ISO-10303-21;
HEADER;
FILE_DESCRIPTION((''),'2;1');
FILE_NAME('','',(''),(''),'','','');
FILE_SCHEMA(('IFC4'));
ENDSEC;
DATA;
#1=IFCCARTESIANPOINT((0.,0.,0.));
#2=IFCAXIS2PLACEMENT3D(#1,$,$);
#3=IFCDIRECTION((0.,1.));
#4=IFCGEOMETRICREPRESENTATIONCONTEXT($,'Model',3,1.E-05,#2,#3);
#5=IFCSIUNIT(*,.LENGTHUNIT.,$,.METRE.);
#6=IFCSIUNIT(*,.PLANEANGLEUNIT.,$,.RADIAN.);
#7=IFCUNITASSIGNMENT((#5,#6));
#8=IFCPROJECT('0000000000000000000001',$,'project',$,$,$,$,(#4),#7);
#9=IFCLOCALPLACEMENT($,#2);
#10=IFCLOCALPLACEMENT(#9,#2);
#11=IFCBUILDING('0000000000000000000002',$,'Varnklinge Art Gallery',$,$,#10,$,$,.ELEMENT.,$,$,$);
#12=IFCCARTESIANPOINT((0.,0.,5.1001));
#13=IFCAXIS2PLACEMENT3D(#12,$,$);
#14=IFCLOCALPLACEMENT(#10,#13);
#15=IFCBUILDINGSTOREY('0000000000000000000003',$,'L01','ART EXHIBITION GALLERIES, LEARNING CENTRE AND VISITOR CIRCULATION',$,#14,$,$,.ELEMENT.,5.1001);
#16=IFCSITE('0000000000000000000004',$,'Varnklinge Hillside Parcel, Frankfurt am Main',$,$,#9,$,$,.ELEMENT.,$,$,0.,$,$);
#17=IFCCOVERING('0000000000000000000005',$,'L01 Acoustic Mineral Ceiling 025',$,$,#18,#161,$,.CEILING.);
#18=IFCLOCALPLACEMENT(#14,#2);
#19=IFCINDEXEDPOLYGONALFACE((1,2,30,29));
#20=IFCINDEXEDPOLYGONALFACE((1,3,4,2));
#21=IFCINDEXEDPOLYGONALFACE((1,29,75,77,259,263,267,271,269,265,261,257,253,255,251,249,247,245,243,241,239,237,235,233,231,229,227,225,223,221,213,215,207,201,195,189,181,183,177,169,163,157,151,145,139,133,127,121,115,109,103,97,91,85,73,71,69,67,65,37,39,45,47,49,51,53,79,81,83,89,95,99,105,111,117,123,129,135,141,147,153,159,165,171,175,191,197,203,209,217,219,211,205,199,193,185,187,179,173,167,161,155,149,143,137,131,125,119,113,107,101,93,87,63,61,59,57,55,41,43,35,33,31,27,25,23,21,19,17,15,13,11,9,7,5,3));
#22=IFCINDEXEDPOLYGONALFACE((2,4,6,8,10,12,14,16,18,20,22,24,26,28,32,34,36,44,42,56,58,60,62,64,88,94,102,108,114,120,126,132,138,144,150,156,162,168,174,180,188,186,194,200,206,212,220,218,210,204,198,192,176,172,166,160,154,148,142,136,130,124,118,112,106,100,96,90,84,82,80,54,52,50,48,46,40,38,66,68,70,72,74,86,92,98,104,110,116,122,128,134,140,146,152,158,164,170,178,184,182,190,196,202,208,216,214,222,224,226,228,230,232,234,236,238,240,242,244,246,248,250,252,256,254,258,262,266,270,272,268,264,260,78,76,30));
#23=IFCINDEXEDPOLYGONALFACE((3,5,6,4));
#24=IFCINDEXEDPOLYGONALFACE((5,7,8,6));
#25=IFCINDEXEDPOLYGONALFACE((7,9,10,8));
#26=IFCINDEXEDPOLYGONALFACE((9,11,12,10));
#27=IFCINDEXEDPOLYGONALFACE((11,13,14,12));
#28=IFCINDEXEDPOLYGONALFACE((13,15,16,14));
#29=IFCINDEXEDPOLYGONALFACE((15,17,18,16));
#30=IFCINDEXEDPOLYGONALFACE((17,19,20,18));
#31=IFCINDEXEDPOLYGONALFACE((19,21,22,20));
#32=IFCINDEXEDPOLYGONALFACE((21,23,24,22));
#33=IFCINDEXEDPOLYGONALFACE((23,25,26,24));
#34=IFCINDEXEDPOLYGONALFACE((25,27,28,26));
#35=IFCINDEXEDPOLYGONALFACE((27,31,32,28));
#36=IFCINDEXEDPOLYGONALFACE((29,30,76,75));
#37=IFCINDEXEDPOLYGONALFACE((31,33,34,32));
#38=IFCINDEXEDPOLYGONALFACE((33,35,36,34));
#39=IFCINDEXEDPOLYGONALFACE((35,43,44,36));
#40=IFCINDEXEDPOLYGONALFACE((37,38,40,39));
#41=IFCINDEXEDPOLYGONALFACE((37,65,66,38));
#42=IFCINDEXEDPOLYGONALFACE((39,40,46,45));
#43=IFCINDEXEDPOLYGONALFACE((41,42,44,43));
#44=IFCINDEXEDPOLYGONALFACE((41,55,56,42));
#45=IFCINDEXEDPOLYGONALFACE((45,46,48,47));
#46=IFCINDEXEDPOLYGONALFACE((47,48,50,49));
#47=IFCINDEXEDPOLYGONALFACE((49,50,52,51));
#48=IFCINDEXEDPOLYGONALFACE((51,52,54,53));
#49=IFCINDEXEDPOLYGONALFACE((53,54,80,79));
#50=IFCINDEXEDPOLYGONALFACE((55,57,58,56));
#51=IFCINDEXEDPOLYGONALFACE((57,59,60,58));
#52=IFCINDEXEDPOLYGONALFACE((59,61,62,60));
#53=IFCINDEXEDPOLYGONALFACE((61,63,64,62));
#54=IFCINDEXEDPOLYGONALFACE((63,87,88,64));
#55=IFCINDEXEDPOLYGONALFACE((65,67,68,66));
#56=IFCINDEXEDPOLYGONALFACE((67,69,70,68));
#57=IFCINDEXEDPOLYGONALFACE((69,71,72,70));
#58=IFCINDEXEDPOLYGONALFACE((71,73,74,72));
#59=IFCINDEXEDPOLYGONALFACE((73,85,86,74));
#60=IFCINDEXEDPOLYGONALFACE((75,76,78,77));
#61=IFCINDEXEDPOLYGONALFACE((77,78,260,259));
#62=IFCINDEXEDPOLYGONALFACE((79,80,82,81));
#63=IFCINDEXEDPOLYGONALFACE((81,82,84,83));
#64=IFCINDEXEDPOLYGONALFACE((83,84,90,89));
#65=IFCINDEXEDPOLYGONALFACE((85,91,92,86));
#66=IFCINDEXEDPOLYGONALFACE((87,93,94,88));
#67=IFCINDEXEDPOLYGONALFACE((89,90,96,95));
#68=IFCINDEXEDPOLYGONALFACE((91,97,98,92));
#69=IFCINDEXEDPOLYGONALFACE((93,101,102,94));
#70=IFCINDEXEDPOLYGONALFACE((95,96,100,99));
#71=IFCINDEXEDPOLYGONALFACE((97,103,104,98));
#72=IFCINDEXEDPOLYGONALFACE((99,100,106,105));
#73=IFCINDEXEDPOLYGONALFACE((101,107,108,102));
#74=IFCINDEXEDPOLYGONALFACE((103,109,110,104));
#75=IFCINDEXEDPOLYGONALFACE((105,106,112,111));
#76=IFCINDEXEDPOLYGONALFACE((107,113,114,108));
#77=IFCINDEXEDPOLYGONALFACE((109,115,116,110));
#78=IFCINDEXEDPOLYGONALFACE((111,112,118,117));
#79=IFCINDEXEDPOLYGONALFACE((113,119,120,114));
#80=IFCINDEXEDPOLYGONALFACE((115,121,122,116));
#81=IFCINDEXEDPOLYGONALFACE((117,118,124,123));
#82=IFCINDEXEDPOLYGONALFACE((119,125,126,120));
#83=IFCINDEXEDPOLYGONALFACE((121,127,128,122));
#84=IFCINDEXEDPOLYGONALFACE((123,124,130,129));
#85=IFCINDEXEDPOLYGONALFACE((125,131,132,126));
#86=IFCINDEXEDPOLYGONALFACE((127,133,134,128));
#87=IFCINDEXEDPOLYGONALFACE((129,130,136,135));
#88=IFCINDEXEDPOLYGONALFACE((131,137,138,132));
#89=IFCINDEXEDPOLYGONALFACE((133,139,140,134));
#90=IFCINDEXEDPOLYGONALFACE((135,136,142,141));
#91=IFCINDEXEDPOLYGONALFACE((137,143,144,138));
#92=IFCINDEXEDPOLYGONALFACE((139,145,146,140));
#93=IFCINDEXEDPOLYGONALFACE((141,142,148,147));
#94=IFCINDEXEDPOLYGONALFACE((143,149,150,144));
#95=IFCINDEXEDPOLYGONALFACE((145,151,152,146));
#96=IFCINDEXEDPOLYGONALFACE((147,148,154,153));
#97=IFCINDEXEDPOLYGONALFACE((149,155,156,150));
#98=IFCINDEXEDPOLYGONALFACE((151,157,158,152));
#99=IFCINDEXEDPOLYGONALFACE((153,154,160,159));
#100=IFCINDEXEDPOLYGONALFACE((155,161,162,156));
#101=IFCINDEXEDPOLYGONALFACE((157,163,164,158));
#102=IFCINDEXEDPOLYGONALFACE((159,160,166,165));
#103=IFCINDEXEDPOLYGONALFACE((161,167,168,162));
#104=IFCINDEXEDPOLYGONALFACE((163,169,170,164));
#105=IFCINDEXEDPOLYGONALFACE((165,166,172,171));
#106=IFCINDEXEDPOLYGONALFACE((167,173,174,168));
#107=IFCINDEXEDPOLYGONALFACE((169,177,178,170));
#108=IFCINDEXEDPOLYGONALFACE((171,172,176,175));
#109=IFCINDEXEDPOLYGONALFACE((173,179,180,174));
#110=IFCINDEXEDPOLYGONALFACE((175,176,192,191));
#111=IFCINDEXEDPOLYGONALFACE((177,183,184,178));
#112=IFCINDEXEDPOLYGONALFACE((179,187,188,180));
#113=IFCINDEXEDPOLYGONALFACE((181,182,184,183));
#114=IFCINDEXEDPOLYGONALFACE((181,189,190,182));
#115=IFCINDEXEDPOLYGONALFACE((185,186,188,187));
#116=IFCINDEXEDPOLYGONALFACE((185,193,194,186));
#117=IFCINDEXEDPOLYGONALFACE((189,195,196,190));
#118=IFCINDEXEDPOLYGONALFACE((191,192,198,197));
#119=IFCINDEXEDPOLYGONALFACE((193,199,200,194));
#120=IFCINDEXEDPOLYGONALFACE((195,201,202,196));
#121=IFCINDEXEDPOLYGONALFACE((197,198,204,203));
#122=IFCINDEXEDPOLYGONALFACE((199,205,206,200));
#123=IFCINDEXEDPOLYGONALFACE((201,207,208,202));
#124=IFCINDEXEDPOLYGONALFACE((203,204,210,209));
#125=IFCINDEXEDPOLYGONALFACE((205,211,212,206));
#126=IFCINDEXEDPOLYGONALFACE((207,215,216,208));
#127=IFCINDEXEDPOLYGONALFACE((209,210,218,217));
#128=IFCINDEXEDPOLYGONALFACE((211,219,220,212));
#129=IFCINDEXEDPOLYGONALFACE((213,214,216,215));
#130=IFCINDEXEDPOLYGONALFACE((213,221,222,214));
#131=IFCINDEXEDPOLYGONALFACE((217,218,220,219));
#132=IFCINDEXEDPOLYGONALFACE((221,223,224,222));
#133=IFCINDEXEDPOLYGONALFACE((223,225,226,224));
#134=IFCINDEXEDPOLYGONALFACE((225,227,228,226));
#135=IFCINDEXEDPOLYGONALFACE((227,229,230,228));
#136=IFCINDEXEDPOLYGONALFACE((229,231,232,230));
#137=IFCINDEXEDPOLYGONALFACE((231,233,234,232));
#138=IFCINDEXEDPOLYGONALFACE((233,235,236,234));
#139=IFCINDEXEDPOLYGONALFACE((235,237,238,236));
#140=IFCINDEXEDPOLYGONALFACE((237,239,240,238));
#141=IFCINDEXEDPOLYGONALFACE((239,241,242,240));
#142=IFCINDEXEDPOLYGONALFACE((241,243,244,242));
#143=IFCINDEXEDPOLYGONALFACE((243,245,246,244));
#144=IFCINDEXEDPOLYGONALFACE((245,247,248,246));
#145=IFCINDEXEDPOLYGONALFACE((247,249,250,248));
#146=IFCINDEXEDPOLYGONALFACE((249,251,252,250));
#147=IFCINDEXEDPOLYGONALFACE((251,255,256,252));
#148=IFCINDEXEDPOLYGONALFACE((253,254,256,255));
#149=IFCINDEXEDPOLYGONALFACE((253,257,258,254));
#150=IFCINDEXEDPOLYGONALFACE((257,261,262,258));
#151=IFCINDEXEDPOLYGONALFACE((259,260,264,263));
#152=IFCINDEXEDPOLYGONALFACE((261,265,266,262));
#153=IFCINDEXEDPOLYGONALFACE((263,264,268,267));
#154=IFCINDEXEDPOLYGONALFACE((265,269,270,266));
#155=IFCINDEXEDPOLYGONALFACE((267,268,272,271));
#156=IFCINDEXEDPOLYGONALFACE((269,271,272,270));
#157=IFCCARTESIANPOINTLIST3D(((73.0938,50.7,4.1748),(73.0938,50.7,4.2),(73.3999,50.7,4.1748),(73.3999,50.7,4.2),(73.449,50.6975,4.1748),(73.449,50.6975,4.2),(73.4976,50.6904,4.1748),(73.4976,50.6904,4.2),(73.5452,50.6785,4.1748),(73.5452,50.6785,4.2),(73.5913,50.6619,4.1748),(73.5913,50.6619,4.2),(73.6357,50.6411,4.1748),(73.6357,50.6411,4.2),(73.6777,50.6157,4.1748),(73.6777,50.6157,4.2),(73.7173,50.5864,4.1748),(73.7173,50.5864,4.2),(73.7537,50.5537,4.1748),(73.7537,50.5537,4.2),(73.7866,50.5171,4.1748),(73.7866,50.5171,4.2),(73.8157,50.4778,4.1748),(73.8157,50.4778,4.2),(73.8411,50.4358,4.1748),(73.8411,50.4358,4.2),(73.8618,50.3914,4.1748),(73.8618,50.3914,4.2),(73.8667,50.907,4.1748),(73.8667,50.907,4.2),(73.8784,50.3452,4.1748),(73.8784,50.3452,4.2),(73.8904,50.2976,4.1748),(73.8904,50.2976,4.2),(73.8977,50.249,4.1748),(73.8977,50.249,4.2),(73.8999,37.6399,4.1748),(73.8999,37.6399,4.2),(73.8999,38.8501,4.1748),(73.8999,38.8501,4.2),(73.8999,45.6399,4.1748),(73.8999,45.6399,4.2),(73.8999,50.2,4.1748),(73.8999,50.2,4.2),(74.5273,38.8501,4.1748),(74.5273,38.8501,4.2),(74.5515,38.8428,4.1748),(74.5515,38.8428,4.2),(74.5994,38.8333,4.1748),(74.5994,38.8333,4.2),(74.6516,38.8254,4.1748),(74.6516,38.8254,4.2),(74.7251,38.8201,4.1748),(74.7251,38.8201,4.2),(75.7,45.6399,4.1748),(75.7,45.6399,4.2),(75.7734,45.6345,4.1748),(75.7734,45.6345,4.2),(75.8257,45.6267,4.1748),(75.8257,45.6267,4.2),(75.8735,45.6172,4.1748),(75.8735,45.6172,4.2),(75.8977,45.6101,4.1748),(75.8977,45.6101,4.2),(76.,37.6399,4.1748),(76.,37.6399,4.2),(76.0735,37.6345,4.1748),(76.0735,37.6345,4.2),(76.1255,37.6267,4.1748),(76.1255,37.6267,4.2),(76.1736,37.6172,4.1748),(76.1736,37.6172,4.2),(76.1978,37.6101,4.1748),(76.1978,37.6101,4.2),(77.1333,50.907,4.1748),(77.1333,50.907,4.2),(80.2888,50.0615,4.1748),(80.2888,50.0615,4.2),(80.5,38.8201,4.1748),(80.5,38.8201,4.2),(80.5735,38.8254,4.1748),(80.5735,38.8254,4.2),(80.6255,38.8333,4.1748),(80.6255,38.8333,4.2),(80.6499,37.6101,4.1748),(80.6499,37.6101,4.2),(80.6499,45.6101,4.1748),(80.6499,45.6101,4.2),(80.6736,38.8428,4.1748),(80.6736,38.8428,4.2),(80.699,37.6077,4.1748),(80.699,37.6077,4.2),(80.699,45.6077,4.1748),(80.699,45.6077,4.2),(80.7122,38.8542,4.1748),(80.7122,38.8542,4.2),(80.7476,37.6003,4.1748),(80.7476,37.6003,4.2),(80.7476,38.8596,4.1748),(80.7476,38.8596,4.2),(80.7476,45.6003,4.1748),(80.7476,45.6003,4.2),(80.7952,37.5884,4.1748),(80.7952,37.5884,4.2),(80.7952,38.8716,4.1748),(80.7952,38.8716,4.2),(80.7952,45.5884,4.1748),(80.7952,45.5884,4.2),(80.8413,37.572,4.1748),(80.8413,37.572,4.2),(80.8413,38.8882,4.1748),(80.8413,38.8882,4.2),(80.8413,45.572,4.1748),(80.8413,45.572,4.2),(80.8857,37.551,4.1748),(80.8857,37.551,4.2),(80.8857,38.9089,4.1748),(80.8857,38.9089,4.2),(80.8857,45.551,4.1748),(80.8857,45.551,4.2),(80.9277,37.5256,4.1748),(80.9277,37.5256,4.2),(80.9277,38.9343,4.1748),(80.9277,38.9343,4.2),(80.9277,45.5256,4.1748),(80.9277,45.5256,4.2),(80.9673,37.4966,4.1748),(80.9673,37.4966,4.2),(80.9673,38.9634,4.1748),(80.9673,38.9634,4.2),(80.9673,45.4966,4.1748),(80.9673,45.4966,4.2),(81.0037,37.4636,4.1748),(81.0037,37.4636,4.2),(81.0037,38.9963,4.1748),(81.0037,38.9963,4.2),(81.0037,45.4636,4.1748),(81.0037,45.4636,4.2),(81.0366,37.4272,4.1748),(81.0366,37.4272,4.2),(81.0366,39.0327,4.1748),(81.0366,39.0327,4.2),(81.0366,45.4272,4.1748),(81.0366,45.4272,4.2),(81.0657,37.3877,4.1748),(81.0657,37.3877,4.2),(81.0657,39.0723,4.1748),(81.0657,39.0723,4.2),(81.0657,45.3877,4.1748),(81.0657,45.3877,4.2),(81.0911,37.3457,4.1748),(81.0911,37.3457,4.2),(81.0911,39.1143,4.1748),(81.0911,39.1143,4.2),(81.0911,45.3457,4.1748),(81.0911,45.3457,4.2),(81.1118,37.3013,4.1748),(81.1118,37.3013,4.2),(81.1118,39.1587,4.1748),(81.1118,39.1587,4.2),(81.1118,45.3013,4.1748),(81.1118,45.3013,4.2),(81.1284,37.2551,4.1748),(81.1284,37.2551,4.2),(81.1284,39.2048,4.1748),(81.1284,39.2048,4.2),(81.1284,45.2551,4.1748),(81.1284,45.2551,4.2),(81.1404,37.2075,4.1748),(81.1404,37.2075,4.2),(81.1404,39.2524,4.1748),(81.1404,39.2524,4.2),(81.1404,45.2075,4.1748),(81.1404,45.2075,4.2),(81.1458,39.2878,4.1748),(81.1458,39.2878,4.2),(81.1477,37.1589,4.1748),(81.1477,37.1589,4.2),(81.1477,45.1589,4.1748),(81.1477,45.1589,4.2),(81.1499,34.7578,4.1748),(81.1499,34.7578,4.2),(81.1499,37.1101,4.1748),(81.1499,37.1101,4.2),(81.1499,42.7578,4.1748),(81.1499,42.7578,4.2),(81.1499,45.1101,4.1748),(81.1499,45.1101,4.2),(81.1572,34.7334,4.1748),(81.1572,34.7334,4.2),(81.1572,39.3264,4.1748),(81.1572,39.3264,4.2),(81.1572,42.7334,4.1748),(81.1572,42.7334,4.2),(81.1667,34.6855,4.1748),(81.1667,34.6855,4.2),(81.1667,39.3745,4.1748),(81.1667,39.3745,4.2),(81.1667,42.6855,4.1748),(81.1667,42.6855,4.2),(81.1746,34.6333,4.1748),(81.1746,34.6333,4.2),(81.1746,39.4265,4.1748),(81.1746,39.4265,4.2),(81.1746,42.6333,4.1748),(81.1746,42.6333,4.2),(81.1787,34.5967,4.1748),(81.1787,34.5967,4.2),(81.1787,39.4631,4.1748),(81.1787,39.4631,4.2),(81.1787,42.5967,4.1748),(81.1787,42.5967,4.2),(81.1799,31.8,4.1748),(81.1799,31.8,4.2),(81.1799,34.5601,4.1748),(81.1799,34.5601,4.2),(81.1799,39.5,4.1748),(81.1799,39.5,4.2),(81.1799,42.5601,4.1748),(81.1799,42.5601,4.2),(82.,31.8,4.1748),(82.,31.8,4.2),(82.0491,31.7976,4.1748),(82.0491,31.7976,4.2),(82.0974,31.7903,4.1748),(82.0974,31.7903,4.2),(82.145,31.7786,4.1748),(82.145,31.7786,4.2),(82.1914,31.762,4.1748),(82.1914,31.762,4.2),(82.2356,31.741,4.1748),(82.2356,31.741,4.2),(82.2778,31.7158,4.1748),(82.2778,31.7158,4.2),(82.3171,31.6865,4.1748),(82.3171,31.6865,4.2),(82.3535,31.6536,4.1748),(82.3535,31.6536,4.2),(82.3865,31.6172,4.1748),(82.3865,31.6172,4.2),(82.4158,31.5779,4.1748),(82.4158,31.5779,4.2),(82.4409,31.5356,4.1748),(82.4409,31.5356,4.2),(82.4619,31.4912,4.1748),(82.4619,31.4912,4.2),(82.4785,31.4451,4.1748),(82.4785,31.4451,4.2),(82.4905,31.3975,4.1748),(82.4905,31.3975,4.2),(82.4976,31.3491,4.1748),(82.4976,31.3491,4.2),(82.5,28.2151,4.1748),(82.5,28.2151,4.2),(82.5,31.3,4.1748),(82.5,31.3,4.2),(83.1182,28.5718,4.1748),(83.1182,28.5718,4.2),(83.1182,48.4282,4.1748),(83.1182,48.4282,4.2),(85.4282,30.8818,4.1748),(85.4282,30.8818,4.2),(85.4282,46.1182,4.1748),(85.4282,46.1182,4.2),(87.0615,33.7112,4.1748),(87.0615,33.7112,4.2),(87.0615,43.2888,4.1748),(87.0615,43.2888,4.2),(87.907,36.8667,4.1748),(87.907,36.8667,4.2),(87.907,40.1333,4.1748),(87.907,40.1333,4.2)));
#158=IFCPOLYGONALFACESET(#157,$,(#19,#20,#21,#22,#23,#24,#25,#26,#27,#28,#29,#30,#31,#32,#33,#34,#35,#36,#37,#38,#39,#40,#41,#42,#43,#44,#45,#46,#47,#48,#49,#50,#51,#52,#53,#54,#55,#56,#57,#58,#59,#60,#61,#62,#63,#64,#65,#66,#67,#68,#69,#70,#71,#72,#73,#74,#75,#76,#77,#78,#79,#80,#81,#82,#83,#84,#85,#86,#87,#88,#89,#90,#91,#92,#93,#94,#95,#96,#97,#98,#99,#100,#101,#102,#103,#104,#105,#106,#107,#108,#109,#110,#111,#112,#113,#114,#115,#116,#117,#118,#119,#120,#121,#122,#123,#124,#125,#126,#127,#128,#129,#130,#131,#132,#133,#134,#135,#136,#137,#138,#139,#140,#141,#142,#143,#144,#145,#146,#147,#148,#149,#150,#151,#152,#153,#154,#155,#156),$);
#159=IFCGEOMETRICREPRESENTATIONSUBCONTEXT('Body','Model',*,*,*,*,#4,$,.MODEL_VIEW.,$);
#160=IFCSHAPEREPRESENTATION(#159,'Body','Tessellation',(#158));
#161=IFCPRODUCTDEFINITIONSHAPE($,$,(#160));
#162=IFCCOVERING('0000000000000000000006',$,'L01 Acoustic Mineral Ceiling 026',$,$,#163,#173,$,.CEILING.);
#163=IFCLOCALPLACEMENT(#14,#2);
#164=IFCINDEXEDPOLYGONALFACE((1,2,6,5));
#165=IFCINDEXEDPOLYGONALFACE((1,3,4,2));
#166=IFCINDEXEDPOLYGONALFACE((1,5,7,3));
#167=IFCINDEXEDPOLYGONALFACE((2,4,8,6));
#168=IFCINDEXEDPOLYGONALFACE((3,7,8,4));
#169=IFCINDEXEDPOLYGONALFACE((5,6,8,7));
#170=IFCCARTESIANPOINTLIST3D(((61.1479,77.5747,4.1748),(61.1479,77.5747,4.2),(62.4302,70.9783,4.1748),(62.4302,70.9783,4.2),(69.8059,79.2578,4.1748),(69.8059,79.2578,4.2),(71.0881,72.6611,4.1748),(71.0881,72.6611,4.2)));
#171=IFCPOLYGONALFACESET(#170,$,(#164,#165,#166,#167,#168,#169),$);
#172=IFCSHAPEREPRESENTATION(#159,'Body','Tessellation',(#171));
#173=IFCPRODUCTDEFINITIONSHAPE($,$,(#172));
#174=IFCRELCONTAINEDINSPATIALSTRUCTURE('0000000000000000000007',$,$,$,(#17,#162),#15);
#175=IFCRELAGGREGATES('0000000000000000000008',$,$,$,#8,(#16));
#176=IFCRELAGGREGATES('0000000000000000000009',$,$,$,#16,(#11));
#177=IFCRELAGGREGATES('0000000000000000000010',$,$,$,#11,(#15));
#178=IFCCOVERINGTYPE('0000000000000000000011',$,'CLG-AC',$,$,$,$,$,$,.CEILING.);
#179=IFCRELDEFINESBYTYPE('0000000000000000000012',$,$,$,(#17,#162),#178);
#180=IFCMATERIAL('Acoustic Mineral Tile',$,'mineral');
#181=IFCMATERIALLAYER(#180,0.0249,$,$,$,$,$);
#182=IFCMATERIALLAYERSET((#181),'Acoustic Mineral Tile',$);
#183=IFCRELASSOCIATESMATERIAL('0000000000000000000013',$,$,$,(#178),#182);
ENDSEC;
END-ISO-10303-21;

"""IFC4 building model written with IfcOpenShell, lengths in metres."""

from ifc_helpers import new_model, si_unit, direction, frame, origin, place, context, subcontext, project, spatial, polyline, outline, extrude, material, layer, layer_set, type_object, element, save


model = new_model("IFC4")

# Units and contexts
model_context = context("Model", 3, precision=1e-05, world=origin(), true_north=direction((0.0, 1.0)))
body_context = subcontext(model_context, "Body", "Model", "MODEL_VIEW")
ifc_project = project(units=[si_unit("LENGTHUNIT", "METRE"), si_unit("PLANEANGLEUNIT", "RADIAN")], contexts=[model_context])

# Site, building, storey
site_placement = place(None, origin())
site = spatial("IfcSite", under=ifc_project, at=site_placement, Name="Varnklinge Hillside Parcel, Frankfurt am Main", CompositionType="ELEMENT", RefElevation=0.0)
building_placement = place(site_placement, origin())
building = spatial("IfcBuilding", under=site, at=building_placement, Name="Varnklinge Art Gallery", CompositionType="ELEMENT")
storey_placement = place(building_placement, frame((0.0, 0.0, 5.1001)))
storey = spatial("IfcBuildingStorey", under=building, at=storey_placement, Name="L01", Description="ART EXHIBITION GALLERIES, LEARNING CENTRE AND VISITOR CIRCULATION", CompositionType="ELEMENT", Elevation=5.1001)

# Coverings
ifc_material_1 = material(Name="Acoustic Mineral Tile", Category="mineral")
ifc_layer_1 = layer(ifc_material_1, 0.0249)
ifc_layer_set_1 = layer_set([ifc_layer_1], Name="Acoustic Mineral Tile")
covering_type_1 = type_object("IfcCoveringType", Name="CLG-AC", PredefinedType="CEILING", material=ifc_layer_set_1)
covering_1_placement = place(storey_placement, frame((0.0, 0.0, 4.1748)))
element("IfcCovering", 1, at=covering_1_placement, inside=storey, type_object=covering_type_1, Name="L01 Acoustic Mineral Ceiling 025", PredefinedType="CEILING", context=body_context, shape_type="SweptSolid", body=[
    extrude(outline(polyline([(73.3999, 50.7), (73.449, 50.6975), (73.4976, 50.6904), (73.5452, 50.6785), (73.5913, 50.6619), (73.6357, 50.6411), (73.6777, 50.6157), (73.7173, 50.5864), (73.7537, 50.5537), (73.7866, 50.5171), (73.8157, 50.4778), (73.8411, 50.4358), (73.8618, 50.3914), (73.8784, 50.3452), (73.8904, 50.2976), (73.8977, 50.249), (73.8999, 50.2), (73.8999, 45.6399), (75.7, 45.6399), (75.7734, 45.6345), (75.8257, 45.6267), (75.8735, 45.6172), (75.8977, 45.6101), (80.6499, 45.6101), (80.699, 45.6077), (80.7476, 45.6003), (80.7952, 45.5884), (80.8413, 45.572), (80.8857, 45.551), (80.9277, 45.5256), (80.9673, 45.4966), (81.0037, 45.4636), (81.0366, 45.4272), (81.0657, 45.3877), (81.0911, 45.3457), (81.1118, 45.3013), (81.1284, 45.2551), (81.1404, 45.2075), (81.1477, 45.1589), (81.1499, 45.1101), (81.1499, 42.7578), (81.1572, 42.7334), (81.1667, 42.6855), (81.1746, 42.6333), (81.1787, 42.5967), (81.1799, 42.5601), (81.1799, 39.5), (81.1787, 39.4631), (81.1746, 39.4265), (81.1667, 39.3745), (81.1572, 39.3264), (81.1458, 39.2878), (81.1404, 39.2524), (81.1284, 39.2048), (81.1118, 39.1587), (81.0911, 39.1143), (81.0657, 39.0723), (81.0366, 39.0327), (81.0037, 38.9963), (80.9673, 38.9634), (80.9277, 38.9343), (80.8857, 38.9089), (80.8413, 38.8882), (80.7952, 38.8716), (80.7476, 38.8596), (80.7122, 38.8542), (80.6736, 38.8428), (80.6255, 38.8333), (80.5735, 38.8254), (80.5, 38.8201), (74.7251, 38.8201), (74.6516, 38.8254), (74.5994, 38.8333), (74.5515, 38.8428), (74.5273, 38.8501), (73.8999, 38.8501), (73.8999, 37.6399), (76.0, 37.6399), (76.0735, 37.6345), (76.1255, 37.6267), (76.1736, 37.6172), (76.1978, 37.6101), (80.6499, 37.6101), (80.699, 37.6077), (80.7476, 37.6003), (80.7952, 37.5884), (80.8413, 37.572), (80.8857, 37.551), (80.9277, 37.5256), (80.9673, 37.4966), (81.0037, 37.4636), (81.0366, 37.4272), (81.0657, 37.3877), (81.0911, 37.3457), (81.1118, 37.3013), (81.1284, 37.2551), (81.1404, 37.2075), (81.1477, 37.1589), (81.1499, 37.1101), (81.1499, 34.7578), (81.1572, 34.7334), (81.1667, 34.6855), (81.1746, 34.6333), (81.1787, 34.5967), (81.1799, 34.5601), (81.1799, 31.8), (82.0, 31.8), (82.0491, 31.7976), (82.0974, 31.7903), (82.145, 31.7786), (82.1914, 31.762), (82.2356, 31.741), (82.2778, 31.7158), (82.3171, 31.6865), (82.3535, 31.6536), (82.3865, 31.6172), (82.4158, 31.5779), (82.4409, 31.5356), (82.4619, 31.4912), (82.4785, 31.4451), (82.4905, 31.3975), (82.4976, 31.3491), (82.5, 31.3), (82.5, 28.2151), (83.1182, 28.5718), (85.4282, 30.8818), (87.0615, 33.7112), (87.907, 36.8667), (87.907, 40.1333), (87.0615, 43.2888), (85.4282, 46.1182), (83.1182, 48.4282), (80.2888, 50.0615), (77.1333, 50.907), (73.8667, 50.907), (73.0938, 50.7), (73.3999, 50.7)])), origin(), (0.0, 0.0, 1.0), 0.0251),
])
covering_2_placement = place(storey_placement, frame((0.0, 0.0, 4.1748)))
element("IfcCovering", 2, at=covering_2_placement, inside=storey, type_object=covering_type_1, Name="L01 Acoustic Mineral Ceiling 026", PredefinedType="CEILING", context=body_context, shape_type="SweptSolid", body=[
    extrude(outline(polyline([(71.0881, 72.6611), (69.8059, 79.2578), (61.1479, 77.5747), (62.4302, 70.9783), (71.0881, 72.6611)])), origin(), (0.0, 0.0, 1.0), 0.0251),
])

save(model, "model.ifc")
